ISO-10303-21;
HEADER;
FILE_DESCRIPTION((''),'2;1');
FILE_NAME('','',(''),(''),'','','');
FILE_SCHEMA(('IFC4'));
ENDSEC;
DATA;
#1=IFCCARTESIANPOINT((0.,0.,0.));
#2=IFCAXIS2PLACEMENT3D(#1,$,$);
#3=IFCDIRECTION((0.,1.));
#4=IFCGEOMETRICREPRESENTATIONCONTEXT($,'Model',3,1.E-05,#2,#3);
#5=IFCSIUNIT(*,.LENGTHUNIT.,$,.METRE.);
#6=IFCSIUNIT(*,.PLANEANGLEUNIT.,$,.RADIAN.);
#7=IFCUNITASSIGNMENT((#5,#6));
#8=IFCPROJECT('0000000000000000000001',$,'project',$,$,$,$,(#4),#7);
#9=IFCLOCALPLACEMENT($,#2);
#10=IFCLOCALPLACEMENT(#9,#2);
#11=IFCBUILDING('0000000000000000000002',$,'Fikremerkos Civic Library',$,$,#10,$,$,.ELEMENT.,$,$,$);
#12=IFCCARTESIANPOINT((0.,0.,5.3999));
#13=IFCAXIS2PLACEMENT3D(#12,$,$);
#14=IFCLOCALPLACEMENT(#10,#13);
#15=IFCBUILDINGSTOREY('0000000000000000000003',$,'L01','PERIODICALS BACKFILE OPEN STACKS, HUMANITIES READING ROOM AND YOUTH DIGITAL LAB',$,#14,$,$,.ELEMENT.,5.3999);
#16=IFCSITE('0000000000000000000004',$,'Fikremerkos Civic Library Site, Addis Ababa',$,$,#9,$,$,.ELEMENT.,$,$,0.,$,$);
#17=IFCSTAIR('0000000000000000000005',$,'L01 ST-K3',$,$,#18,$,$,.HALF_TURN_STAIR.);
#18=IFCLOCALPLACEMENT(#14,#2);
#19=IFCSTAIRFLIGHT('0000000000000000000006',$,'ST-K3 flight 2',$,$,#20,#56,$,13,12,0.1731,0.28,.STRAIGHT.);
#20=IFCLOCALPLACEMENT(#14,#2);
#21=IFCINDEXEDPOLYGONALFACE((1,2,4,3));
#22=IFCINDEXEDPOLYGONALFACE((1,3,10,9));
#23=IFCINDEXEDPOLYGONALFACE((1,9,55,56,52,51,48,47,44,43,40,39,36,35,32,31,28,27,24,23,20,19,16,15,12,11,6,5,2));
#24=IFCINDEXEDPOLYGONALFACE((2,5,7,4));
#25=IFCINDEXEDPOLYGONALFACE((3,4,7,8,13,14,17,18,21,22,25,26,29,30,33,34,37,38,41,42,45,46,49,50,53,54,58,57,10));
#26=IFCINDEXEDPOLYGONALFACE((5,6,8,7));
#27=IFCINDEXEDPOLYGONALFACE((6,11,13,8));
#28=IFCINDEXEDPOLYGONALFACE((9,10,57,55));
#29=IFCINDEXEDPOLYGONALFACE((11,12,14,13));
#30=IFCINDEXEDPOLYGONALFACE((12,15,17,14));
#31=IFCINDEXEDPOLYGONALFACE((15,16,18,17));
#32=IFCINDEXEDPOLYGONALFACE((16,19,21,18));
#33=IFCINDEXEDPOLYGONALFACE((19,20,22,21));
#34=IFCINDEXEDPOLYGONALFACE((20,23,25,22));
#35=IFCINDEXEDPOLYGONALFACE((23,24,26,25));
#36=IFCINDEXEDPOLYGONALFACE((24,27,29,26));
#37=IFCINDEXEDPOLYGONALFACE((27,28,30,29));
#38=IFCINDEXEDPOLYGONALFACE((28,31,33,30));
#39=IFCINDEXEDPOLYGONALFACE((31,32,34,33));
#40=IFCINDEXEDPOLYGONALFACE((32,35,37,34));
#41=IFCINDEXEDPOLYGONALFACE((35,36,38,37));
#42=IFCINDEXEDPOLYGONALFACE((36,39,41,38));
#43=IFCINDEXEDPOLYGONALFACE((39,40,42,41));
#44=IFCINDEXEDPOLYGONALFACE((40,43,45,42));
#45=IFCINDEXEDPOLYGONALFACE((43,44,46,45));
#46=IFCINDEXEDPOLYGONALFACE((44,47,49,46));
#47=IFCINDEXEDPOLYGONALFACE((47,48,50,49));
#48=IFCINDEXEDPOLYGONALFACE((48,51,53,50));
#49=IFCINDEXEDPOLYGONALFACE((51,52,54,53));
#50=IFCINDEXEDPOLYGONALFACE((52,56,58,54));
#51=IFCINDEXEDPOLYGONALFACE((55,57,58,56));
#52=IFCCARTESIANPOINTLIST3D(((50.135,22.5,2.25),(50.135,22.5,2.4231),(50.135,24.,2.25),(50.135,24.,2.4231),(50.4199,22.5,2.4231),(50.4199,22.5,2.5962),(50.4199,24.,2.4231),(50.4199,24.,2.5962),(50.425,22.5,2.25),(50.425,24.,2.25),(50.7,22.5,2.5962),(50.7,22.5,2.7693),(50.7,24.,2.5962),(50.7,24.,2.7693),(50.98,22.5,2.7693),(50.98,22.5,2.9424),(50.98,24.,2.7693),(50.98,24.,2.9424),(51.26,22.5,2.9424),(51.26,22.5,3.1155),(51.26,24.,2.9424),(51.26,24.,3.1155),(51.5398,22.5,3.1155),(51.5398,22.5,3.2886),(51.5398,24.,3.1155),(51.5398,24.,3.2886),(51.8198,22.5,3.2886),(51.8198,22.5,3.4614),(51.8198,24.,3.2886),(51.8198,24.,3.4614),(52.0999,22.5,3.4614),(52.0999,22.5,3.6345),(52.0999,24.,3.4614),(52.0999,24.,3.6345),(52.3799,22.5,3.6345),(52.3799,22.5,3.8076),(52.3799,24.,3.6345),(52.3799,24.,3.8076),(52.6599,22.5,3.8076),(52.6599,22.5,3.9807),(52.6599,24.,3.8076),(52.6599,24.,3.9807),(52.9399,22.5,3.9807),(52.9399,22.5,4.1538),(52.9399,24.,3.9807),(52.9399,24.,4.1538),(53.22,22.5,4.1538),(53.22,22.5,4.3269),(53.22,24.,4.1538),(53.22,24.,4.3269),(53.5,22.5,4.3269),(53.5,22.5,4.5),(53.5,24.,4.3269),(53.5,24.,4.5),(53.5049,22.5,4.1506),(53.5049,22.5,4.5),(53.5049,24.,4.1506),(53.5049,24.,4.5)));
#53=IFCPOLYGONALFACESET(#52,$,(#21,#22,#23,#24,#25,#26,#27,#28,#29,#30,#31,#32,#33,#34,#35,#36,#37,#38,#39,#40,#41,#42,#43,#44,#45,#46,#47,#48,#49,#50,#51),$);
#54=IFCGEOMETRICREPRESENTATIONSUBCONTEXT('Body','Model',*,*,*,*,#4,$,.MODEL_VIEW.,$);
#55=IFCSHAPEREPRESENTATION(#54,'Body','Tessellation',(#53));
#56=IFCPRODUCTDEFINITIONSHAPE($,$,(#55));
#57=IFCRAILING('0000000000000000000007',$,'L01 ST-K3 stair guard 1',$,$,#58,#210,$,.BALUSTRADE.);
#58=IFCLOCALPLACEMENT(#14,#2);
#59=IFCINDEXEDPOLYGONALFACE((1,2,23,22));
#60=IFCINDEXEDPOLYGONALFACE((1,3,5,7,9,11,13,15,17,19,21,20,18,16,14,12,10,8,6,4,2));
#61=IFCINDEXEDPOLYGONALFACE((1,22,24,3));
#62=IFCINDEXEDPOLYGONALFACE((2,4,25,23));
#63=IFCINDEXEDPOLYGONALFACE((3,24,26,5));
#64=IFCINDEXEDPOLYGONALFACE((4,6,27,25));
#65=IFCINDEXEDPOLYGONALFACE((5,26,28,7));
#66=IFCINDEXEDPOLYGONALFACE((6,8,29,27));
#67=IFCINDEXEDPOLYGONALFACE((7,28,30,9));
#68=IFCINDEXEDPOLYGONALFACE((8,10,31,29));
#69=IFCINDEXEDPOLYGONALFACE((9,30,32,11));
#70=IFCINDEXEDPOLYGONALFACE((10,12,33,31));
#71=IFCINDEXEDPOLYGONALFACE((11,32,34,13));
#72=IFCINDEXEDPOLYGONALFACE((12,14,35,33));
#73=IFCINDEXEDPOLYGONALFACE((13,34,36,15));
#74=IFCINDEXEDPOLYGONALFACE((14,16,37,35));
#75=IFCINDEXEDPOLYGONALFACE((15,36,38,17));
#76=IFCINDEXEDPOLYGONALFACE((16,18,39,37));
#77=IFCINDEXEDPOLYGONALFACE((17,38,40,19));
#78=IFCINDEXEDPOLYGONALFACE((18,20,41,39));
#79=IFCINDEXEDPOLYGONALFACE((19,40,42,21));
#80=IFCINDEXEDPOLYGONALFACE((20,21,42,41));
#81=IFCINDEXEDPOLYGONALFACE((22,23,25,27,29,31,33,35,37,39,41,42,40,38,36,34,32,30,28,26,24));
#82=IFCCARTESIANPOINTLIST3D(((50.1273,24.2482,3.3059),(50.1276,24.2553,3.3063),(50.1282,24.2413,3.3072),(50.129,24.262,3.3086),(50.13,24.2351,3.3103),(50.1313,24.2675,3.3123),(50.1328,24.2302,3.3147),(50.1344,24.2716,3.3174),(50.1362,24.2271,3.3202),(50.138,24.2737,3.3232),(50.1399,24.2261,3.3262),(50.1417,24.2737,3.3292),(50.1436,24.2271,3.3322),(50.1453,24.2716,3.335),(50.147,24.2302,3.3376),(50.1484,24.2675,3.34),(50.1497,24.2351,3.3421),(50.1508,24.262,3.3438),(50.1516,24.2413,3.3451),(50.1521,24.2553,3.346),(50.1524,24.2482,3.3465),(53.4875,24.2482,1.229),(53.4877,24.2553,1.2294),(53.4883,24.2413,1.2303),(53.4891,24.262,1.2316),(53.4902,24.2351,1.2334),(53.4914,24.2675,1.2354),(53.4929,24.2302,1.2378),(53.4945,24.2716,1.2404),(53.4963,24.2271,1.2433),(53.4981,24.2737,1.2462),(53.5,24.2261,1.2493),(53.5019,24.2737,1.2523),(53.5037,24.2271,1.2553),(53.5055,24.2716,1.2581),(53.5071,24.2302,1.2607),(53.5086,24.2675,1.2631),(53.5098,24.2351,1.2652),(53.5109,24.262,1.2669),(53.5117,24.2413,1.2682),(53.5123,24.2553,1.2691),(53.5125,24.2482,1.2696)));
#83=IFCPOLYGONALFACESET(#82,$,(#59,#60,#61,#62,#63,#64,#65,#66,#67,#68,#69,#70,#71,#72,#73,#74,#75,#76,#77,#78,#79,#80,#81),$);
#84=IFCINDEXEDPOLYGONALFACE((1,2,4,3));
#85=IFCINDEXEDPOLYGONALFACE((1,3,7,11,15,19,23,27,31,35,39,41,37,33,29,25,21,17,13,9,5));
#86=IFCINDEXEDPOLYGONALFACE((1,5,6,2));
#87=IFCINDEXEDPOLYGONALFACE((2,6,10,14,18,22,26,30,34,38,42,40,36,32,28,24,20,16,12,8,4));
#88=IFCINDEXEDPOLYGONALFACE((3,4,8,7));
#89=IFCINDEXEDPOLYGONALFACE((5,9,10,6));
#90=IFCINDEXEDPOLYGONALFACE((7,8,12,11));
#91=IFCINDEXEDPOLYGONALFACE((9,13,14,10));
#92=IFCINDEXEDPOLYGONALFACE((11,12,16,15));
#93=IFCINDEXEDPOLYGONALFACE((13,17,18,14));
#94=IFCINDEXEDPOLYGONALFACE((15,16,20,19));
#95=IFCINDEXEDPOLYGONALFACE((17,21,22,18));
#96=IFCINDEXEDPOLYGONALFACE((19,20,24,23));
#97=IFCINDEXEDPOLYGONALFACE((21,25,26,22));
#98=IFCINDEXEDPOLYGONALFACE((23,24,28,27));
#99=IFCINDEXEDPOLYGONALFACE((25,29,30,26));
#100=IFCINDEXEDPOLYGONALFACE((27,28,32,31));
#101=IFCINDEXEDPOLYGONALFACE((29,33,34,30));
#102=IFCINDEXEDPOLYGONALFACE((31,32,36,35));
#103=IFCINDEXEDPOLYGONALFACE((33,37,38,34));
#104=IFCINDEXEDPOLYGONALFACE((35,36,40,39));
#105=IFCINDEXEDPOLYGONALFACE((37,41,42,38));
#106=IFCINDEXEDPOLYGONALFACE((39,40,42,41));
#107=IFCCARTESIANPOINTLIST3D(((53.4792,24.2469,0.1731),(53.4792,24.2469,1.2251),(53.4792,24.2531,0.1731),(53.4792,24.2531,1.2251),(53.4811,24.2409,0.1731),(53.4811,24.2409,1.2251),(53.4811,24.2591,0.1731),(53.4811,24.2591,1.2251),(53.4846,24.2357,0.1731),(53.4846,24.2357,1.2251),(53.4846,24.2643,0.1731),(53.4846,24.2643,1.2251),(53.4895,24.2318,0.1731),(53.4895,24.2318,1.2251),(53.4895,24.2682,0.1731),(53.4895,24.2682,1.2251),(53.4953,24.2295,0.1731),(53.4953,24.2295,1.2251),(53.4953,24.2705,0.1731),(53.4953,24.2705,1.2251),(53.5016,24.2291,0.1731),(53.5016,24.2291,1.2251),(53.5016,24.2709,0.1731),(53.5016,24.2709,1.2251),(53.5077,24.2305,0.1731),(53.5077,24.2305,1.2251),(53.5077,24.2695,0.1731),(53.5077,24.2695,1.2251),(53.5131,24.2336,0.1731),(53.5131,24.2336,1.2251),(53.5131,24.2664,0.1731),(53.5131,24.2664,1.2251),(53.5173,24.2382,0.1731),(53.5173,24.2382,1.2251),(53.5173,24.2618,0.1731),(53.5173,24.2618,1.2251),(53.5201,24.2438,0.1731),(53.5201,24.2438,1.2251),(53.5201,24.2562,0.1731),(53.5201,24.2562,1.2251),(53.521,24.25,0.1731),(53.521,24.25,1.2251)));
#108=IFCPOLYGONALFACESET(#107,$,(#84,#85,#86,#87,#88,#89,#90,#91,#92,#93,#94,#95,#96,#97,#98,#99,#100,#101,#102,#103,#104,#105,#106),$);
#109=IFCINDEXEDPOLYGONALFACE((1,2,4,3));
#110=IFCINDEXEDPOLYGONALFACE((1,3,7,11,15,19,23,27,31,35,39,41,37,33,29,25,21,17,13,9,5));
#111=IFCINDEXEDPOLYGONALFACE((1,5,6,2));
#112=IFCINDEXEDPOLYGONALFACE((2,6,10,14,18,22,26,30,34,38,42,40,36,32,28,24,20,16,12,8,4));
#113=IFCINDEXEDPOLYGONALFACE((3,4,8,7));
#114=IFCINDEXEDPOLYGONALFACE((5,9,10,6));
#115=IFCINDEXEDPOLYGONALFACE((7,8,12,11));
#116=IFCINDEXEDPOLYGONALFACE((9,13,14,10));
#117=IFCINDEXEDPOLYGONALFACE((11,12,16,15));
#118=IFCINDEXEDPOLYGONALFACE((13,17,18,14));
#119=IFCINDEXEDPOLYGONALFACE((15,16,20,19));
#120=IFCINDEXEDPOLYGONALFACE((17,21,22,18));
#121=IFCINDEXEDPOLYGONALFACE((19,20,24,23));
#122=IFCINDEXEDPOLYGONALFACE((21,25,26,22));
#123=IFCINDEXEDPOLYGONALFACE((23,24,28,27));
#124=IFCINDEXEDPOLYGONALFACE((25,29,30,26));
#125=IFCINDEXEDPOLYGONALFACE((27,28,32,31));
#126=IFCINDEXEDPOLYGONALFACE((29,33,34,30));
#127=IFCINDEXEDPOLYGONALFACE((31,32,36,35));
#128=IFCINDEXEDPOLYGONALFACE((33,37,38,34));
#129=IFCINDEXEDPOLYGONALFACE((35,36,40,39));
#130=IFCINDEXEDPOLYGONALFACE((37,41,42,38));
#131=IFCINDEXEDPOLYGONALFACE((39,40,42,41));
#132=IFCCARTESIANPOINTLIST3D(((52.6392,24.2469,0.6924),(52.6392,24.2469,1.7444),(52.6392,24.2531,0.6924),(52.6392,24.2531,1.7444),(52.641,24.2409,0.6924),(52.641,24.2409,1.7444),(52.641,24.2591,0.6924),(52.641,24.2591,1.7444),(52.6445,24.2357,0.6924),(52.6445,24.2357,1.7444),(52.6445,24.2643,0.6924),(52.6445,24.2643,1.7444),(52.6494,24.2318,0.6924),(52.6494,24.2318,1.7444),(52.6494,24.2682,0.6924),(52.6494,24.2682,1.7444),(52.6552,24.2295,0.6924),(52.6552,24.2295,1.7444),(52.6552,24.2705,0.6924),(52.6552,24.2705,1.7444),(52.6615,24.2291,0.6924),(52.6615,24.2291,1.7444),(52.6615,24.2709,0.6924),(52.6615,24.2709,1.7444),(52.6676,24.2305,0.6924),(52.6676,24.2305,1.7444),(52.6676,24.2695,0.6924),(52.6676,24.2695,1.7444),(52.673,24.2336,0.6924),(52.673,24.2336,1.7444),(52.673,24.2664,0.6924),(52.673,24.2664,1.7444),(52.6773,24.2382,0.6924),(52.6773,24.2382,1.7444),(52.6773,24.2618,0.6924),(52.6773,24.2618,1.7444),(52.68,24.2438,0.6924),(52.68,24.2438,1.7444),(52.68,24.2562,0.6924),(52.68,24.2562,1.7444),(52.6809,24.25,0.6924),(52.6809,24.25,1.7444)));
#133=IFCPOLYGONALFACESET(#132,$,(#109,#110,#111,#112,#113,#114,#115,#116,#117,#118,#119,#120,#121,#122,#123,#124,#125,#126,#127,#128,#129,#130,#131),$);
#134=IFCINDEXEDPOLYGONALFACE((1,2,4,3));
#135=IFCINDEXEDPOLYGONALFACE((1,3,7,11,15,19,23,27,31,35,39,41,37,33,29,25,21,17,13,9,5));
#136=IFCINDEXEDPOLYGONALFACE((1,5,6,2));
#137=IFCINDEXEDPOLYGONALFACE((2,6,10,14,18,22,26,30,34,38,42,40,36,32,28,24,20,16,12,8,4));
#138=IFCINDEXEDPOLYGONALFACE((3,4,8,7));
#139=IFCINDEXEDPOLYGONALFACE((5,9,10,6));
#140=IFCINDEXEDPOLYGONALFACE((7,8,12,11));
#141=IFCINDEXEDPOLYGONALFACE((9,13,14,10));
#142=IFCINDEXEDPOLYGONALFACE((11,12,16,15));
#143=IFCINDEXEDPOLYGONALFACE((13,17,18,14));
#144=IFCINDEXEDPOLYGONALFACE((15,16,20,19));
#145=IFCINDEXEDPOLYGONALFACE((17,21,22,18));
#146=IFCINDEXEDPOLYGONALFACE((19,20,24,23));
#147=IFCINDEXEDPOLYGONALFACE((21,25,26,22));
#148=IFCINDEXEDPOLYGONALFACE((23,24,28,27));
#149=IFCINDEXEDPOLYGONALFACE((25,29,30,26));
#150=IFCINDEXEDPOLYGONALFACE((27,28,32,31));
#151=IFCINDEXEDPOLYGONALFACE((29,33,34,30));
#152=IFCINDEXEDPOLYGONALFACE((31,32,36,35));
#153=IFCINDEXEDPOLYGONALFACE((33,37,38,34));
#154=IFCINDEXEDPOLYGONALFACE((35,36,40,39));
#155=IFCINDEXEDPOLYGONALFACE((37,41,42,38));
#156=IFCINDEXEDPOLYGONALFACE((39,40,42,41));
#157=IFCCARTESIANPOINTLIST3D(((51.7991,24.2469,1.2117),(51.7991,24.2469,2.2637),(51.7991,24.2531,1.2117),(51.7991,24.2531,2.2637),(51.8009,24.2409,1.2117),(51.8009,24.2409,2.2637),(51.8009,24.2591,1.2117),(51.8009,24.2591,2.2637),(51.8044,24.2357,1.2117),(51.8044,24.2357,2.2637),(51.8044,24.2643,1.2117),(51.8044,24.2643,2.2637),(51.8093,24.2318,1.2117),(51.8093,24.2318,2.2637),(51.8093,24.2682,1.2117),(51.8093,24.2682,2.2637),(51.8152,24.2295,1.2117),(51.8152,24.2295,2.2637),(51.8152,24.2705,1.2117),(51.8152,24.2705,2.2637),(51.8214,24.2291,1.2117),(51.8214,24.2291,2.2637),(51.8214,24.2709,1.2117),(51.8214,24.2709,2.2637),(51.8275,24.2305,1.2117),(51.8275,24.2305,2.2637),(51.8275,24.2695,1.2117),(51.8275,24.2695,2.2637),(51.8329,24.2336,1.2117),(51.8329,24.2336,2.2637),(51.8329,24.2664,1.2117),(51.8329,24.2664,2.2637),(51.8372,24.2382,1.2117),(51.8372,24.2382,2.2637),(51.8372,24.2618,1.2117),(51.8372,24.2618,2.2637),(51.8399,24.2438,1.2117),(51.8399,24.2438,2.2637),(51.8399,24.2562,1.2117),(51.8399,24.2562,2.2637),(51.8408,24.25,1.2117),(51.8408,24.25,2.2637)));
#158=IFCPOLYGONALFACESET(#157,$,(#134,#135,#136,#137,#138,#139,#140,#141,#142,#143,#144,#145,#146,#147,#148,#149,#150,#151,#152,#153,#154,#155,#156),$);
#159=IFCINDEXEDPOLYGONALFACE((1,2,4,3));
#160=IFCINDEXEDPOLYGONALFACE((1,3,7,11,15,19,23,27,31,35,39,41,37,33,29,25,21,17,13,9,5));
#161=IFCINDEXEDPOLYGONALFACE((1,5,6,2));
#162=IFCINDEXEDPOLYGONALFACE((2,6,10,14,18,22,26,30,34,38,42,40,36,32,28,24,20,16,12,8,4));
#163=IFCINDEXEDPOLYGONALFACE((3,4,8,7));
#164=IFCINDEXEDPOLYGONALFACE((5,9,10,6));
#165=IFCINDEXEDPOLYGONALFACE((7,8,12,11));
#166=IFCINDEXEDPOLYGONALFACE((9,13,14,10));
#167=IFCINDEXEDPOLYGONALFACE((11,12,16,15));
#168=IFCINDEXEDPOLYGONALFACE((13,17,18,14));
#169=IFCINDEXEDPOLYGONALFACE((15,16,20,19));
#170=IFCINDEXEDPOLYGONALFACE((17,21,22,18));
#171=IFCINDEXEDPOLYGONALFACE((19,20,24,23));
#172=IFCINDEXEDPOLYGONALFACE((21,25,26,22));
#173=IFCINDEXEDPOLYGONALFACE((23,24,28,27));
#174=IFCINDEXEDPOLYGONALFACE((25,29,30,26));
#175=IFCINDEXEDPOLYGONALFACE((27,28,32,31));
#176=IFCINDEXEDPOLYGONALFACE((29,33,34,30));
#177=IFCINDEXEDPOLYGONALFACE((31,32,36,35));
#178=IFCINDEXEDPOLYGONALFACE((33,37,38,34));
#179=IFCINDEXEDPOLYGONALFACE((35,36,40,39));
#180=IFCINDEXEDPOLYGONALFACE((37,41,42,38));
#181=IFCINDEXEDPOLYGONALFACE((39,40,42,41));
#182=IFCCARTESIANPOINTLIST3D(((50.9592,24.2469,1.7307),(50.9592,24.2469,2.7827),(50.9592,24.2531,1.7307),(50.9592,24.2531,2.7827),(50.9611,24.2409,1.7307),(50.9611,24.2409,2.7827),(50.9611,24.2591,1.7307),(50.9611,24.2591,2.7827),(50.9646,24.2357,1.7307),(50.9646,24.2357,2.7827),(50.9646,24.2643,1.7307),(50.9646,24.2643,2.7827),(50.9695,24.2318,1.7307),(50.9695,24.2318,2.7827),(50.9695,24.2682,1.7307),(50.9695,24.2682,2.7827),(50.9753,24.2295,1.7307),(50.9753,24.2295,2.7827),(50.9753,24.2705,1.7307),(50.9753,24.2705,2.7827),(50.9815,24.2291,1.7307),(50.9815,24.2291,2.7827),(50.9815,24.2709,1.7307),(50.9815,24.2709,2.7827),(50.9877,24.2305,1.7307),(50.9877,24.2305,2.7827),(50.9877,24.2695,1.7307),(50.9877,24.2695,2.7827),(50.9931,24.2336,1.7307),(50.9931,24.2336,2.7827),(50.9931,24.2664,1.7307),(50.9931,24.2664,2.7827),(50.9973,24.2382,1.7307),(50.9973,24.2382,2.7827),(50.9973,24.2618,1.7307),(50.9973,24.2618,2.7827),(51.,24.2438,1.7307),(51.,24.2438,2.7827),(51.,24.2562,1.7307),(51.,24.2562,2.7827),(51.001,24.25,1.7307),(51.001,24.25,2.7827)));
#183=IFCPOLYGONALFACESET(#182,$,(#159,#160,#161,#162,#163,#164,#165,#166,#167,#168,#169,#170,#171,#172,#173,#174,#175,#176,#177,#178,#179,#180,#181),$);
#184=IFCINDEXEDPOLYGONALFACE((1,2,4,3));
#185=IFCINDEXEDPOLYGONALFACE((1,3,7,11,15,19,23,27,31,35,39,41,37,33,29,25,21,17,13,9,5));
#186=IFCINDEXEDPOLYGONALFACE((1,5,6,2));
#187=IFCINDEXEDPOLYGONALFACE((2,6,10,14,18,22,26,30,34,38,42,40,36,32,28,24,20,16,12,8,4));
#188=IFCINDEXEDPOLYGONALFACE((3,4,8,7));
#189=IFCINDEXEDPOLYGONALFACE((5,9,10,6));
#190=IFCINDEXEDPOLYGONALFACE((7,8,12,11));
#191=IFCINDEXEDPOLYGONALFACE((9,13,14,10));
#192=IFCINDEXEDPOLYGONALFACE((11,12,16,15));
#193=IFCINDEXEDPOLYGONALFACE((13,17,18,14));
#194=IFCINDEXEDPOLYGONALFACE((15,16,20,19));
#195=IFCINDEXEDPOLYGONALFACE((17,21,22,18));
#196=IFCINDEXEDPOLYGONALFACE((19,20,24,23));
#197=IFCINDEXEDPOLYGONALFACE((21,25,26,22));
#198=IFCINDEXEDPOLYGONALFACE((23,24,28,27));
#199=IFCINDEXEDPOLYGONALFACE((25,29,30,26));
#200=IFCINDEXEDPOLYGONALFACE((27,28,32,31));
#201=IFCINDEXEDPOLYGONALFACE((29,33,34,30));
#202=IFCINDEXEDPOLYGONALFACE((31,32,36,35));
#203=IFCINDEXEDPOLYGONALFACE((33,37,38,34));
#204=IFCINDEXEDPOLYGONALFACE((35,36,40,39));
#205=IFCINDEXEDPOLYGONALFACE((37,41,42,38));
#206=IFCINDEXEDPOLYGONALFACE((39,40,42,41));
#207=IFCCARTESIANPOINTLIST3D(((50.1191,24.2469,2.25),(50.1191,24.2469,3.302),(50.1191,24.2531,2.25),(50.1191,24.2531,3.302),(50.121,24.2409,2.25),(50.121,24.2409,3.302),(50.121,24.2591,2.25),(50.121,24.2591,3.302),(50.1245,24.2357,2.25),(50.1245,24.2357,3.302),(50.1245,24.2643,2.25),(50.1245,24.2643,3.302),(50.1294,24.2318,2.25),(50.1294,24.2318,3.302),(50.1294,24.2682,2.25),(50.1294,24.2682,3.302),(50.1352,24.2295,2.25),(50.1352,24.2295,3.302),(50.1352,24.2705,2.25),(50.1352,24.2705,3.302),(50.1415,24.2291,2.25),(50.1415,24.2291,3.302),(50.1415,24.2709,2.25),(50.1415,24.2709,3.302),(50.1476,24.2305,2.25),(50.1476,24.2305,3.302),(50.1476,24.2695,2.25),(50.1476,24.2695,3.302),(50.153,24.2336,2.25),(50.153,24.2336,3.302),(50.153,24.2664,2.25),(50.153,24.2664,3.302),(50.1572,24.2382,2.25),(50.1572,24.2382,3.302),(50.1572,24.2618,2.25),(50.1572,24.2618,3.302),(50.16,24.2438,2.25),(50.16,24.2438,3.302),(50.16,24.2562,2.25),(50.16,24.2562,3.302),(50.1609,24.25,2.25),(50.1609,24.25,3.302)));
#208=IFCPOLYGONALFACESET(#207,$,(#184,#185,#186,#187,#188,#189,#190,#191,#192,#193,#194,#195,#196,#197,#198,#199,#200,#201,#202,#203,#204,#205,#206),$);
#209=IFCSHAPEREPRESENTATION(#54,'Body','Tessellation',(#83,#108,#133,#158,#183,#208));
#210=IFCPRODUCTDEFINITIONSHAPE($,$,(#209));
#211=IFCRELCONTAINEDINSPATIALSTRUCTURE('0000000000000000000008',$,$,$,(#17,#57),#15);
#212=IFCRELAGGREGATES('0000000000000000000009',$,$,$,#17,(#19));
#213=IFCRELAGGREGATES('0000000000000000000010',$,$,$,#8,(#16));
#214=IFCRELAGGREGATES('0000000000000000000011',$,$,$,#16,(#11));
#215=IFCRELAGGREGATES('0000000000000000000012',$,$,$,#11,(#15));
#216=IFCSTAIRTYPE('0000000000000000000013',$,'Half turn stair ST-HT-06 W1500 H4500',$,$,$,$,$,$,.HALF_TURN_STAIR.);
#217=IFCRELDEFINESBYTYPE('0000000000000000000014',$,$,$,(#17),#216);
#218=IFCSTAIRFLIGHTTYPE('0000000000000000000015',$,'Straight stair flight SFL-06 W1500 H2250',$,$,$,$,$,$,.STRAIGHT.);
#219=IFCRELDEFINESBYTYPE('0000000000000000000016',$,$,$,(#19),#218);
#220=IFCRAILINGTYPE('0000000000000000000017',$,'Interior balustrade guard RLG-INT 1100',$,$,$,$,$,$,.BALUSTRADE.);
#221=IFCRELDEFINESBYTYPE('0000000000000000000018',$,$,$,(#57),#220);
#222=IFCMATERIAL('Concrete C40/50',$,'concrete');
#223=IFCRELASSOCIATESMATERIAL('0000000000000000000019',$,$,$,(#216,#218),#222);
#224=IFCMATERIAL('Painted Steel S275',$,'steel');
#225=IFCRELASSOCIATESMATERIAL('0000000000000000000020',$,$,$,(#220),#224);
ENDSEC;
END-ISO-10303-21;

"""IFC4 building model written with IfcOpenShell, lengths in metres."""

from ifc_helpers import new_model, si_unit, direction, frame, origin, origin_2d, place, context, subcontext, project, spatial, polyline, circle, outline, extrude, material, type_object, element, aggregate, save


model = new_model("IFC4")

# Units and contexts
model_context = context("Model", 3, precision=1e-05, world=origin(), true_north=direction((0.0, 1.0)))
body_context = subcontext(model_context, "Body", "Model", "MODEL_VIEW")
ifc_project = project(units=[si_unit("LENGTHUNIT", "METRE"), si_unit("PLANEANGLEUNIT", "RADIAN")], contexts=[model_context])

# Site, building, storey
site_placement = place(None, origin())
site = spatial("IfcSite", under=ifc_project, at=site_placement, Name="Fikremerkos Civic Library Site, Addis Ababa", CompositionType="ELEMENT", RefElevation=0.0)
building_placement = place(site_placement, origin())
building = spatial("IfcBuilding", under=site, at=building_placement, Name="Fikremerkos Civic Library", CompositionType="ELEMENT")
storey_placement = place(building_placement, frame((0.0, 0.0, 5.3999)))
storey = spatial("IfcBuildingStorey", under=building, at=storey_placement, Name="L01", Description="PERIODICALS BACKFILE OPEN STACKS, HUMANITIES READING ROOM AND YOUTH DIGITAL LAB", CompositionType="ELEMENT", Elevation=5.3999)

# Shared definitions
ifc_material_1 = material(Name="Concrete C40/50", Category="concrete")

# Stair, stair flight
stair_type = type_object("IfcStairType", Name="Half turn stair ST-HT-06 W1500 H4500", PredefinedType="HALF_TURN_STAIR", material=ifc_material_1)
stair_placement = place(storey_placement, origin())
stair = element("IfcStair", 1, at=stair_placement, inside=storey, type_object=stair_type, Name="L01 ST-K3", PredefinedType="HALF_TURN_STAIR")
stair_flight_type = type_object("IfcStairFlightType", Name="Straight stair flight SFL-06 W1500 H2250", PredefinedType="STRAIGHT", material=ifc_material_1)
stair_flight_1_placement = place(storey_placement, frame((50.1399, 23.25, 2.25), z_axis=(0.0, 0.0, 1.0), x_axis=(1.0, 0.0, 0.0)))
stair_flight_1 = element("IfcStairFlight", 2, at=stair_flight_1_placement, type_object=stair_flight_type, Name="ST-K3 flight 2", NumberOfRisers=13, NumberOfTreads=12, PredefinedType="STRAIGHT", RiserHeight=0.1731, TreadLength=0.28, context=body_context, shape_type="SweptSolid", body=[
    extrude(outline(polyline([(-0.0049, 0.0), (-0.0049, 0.1731), (0.28, 0.1731), (0.28, 0.3462), (0.5601, 0.3462), (0.5601, 0.5193), (0.8401, 0.5193), (0.8401, 0.6924), (1.1201, 0.6924), (1.1201, 0.8655), (1.3999, 0.8655), (1.3999, 1.0386), (1.6799, 1.0386), (1.6799, 1.2114), (1.96, 1.2114), (1.96, 1.3845), (2.24, 1.3845), (2.24, 1.5576), (2.52, 1.5576), (2.52, 1.7307), (2.8, 1.7307), (2.8, 1.9038), (3.0801, 1.9038), (3.0801, 2.0769), (3.3601, 2.0769), (3.3601, 2.25), (3.365, 2.25), (3.365, 1.9006), (0.2852, 0.0), (-0.0049, 0.0)])), frame((0.0, 0.75, 0.0), z_axis=(0.0, -1.0, 0.0), x_axis=(1.0, 0.0, 0.0)), (0.0, 0.0, 1.0), 1.5),
])
aggregate(stair, [stair_flight_1])

# Railing
ifc_material_2 = material(Name="Painted Steel S275", Category="steel")
railing_type_1 = type_object("IfcRailingType", Name="Interior balustrade guard RLG-INT 1100", PredefinedType="BALUSTRADE", material=ifc_material_2)
railing_1_placement = place(storey_placement, frame((53.5, 24.25, 0.1731)))
element("IfcRailing", 3, at=railing_1_placement, inside=storey, type_object=railing_type_1, Name="L01 ST-K3 stair guard 1", PredefinedType="BALUSTRADE", context=body_context, shape_type="SweptSolid", body=[
    extrude(circle(Radius=0.0239, at=origin_2d()), frame((0.0, 0.0, 1.0762), z_axis=(-0.850623, 0.0, 0.525776), x_axis=(0.0, -1.0, 0.0)), (0.0, 0.0, 1.0), 3.9502),
    extrude(circle(Radius=0.021, at=origin_2d()), origin(), (0.0, 0.0, 1.0), 1.052),
    extrude(circle(Radius=0.021, at=origin_2d()), frame((-0.8401, 0.0, 0.5193)), (0.0, 0.0, 1.0), 1.052),
    extrude(circle(Radius=0.021, at=origin_2d()), frame((-1.6802, 0.0, 1.0386)), (0.0, 0.0, 1.0), 1.052),
    extrude(circle(Radius=0.021, at=origin_2d()), frame((-2.52, 0.0, 1.5576)), (0.0, 0.0, 1.0), 1.052),
    extrude(circle(Radius=0.021, at=origin_2d()), frame((-3.3601, 0.0, 2.0769)), (0.0, 0.0, 1.0), 1.052),
])

save(model, "model.ifc")
